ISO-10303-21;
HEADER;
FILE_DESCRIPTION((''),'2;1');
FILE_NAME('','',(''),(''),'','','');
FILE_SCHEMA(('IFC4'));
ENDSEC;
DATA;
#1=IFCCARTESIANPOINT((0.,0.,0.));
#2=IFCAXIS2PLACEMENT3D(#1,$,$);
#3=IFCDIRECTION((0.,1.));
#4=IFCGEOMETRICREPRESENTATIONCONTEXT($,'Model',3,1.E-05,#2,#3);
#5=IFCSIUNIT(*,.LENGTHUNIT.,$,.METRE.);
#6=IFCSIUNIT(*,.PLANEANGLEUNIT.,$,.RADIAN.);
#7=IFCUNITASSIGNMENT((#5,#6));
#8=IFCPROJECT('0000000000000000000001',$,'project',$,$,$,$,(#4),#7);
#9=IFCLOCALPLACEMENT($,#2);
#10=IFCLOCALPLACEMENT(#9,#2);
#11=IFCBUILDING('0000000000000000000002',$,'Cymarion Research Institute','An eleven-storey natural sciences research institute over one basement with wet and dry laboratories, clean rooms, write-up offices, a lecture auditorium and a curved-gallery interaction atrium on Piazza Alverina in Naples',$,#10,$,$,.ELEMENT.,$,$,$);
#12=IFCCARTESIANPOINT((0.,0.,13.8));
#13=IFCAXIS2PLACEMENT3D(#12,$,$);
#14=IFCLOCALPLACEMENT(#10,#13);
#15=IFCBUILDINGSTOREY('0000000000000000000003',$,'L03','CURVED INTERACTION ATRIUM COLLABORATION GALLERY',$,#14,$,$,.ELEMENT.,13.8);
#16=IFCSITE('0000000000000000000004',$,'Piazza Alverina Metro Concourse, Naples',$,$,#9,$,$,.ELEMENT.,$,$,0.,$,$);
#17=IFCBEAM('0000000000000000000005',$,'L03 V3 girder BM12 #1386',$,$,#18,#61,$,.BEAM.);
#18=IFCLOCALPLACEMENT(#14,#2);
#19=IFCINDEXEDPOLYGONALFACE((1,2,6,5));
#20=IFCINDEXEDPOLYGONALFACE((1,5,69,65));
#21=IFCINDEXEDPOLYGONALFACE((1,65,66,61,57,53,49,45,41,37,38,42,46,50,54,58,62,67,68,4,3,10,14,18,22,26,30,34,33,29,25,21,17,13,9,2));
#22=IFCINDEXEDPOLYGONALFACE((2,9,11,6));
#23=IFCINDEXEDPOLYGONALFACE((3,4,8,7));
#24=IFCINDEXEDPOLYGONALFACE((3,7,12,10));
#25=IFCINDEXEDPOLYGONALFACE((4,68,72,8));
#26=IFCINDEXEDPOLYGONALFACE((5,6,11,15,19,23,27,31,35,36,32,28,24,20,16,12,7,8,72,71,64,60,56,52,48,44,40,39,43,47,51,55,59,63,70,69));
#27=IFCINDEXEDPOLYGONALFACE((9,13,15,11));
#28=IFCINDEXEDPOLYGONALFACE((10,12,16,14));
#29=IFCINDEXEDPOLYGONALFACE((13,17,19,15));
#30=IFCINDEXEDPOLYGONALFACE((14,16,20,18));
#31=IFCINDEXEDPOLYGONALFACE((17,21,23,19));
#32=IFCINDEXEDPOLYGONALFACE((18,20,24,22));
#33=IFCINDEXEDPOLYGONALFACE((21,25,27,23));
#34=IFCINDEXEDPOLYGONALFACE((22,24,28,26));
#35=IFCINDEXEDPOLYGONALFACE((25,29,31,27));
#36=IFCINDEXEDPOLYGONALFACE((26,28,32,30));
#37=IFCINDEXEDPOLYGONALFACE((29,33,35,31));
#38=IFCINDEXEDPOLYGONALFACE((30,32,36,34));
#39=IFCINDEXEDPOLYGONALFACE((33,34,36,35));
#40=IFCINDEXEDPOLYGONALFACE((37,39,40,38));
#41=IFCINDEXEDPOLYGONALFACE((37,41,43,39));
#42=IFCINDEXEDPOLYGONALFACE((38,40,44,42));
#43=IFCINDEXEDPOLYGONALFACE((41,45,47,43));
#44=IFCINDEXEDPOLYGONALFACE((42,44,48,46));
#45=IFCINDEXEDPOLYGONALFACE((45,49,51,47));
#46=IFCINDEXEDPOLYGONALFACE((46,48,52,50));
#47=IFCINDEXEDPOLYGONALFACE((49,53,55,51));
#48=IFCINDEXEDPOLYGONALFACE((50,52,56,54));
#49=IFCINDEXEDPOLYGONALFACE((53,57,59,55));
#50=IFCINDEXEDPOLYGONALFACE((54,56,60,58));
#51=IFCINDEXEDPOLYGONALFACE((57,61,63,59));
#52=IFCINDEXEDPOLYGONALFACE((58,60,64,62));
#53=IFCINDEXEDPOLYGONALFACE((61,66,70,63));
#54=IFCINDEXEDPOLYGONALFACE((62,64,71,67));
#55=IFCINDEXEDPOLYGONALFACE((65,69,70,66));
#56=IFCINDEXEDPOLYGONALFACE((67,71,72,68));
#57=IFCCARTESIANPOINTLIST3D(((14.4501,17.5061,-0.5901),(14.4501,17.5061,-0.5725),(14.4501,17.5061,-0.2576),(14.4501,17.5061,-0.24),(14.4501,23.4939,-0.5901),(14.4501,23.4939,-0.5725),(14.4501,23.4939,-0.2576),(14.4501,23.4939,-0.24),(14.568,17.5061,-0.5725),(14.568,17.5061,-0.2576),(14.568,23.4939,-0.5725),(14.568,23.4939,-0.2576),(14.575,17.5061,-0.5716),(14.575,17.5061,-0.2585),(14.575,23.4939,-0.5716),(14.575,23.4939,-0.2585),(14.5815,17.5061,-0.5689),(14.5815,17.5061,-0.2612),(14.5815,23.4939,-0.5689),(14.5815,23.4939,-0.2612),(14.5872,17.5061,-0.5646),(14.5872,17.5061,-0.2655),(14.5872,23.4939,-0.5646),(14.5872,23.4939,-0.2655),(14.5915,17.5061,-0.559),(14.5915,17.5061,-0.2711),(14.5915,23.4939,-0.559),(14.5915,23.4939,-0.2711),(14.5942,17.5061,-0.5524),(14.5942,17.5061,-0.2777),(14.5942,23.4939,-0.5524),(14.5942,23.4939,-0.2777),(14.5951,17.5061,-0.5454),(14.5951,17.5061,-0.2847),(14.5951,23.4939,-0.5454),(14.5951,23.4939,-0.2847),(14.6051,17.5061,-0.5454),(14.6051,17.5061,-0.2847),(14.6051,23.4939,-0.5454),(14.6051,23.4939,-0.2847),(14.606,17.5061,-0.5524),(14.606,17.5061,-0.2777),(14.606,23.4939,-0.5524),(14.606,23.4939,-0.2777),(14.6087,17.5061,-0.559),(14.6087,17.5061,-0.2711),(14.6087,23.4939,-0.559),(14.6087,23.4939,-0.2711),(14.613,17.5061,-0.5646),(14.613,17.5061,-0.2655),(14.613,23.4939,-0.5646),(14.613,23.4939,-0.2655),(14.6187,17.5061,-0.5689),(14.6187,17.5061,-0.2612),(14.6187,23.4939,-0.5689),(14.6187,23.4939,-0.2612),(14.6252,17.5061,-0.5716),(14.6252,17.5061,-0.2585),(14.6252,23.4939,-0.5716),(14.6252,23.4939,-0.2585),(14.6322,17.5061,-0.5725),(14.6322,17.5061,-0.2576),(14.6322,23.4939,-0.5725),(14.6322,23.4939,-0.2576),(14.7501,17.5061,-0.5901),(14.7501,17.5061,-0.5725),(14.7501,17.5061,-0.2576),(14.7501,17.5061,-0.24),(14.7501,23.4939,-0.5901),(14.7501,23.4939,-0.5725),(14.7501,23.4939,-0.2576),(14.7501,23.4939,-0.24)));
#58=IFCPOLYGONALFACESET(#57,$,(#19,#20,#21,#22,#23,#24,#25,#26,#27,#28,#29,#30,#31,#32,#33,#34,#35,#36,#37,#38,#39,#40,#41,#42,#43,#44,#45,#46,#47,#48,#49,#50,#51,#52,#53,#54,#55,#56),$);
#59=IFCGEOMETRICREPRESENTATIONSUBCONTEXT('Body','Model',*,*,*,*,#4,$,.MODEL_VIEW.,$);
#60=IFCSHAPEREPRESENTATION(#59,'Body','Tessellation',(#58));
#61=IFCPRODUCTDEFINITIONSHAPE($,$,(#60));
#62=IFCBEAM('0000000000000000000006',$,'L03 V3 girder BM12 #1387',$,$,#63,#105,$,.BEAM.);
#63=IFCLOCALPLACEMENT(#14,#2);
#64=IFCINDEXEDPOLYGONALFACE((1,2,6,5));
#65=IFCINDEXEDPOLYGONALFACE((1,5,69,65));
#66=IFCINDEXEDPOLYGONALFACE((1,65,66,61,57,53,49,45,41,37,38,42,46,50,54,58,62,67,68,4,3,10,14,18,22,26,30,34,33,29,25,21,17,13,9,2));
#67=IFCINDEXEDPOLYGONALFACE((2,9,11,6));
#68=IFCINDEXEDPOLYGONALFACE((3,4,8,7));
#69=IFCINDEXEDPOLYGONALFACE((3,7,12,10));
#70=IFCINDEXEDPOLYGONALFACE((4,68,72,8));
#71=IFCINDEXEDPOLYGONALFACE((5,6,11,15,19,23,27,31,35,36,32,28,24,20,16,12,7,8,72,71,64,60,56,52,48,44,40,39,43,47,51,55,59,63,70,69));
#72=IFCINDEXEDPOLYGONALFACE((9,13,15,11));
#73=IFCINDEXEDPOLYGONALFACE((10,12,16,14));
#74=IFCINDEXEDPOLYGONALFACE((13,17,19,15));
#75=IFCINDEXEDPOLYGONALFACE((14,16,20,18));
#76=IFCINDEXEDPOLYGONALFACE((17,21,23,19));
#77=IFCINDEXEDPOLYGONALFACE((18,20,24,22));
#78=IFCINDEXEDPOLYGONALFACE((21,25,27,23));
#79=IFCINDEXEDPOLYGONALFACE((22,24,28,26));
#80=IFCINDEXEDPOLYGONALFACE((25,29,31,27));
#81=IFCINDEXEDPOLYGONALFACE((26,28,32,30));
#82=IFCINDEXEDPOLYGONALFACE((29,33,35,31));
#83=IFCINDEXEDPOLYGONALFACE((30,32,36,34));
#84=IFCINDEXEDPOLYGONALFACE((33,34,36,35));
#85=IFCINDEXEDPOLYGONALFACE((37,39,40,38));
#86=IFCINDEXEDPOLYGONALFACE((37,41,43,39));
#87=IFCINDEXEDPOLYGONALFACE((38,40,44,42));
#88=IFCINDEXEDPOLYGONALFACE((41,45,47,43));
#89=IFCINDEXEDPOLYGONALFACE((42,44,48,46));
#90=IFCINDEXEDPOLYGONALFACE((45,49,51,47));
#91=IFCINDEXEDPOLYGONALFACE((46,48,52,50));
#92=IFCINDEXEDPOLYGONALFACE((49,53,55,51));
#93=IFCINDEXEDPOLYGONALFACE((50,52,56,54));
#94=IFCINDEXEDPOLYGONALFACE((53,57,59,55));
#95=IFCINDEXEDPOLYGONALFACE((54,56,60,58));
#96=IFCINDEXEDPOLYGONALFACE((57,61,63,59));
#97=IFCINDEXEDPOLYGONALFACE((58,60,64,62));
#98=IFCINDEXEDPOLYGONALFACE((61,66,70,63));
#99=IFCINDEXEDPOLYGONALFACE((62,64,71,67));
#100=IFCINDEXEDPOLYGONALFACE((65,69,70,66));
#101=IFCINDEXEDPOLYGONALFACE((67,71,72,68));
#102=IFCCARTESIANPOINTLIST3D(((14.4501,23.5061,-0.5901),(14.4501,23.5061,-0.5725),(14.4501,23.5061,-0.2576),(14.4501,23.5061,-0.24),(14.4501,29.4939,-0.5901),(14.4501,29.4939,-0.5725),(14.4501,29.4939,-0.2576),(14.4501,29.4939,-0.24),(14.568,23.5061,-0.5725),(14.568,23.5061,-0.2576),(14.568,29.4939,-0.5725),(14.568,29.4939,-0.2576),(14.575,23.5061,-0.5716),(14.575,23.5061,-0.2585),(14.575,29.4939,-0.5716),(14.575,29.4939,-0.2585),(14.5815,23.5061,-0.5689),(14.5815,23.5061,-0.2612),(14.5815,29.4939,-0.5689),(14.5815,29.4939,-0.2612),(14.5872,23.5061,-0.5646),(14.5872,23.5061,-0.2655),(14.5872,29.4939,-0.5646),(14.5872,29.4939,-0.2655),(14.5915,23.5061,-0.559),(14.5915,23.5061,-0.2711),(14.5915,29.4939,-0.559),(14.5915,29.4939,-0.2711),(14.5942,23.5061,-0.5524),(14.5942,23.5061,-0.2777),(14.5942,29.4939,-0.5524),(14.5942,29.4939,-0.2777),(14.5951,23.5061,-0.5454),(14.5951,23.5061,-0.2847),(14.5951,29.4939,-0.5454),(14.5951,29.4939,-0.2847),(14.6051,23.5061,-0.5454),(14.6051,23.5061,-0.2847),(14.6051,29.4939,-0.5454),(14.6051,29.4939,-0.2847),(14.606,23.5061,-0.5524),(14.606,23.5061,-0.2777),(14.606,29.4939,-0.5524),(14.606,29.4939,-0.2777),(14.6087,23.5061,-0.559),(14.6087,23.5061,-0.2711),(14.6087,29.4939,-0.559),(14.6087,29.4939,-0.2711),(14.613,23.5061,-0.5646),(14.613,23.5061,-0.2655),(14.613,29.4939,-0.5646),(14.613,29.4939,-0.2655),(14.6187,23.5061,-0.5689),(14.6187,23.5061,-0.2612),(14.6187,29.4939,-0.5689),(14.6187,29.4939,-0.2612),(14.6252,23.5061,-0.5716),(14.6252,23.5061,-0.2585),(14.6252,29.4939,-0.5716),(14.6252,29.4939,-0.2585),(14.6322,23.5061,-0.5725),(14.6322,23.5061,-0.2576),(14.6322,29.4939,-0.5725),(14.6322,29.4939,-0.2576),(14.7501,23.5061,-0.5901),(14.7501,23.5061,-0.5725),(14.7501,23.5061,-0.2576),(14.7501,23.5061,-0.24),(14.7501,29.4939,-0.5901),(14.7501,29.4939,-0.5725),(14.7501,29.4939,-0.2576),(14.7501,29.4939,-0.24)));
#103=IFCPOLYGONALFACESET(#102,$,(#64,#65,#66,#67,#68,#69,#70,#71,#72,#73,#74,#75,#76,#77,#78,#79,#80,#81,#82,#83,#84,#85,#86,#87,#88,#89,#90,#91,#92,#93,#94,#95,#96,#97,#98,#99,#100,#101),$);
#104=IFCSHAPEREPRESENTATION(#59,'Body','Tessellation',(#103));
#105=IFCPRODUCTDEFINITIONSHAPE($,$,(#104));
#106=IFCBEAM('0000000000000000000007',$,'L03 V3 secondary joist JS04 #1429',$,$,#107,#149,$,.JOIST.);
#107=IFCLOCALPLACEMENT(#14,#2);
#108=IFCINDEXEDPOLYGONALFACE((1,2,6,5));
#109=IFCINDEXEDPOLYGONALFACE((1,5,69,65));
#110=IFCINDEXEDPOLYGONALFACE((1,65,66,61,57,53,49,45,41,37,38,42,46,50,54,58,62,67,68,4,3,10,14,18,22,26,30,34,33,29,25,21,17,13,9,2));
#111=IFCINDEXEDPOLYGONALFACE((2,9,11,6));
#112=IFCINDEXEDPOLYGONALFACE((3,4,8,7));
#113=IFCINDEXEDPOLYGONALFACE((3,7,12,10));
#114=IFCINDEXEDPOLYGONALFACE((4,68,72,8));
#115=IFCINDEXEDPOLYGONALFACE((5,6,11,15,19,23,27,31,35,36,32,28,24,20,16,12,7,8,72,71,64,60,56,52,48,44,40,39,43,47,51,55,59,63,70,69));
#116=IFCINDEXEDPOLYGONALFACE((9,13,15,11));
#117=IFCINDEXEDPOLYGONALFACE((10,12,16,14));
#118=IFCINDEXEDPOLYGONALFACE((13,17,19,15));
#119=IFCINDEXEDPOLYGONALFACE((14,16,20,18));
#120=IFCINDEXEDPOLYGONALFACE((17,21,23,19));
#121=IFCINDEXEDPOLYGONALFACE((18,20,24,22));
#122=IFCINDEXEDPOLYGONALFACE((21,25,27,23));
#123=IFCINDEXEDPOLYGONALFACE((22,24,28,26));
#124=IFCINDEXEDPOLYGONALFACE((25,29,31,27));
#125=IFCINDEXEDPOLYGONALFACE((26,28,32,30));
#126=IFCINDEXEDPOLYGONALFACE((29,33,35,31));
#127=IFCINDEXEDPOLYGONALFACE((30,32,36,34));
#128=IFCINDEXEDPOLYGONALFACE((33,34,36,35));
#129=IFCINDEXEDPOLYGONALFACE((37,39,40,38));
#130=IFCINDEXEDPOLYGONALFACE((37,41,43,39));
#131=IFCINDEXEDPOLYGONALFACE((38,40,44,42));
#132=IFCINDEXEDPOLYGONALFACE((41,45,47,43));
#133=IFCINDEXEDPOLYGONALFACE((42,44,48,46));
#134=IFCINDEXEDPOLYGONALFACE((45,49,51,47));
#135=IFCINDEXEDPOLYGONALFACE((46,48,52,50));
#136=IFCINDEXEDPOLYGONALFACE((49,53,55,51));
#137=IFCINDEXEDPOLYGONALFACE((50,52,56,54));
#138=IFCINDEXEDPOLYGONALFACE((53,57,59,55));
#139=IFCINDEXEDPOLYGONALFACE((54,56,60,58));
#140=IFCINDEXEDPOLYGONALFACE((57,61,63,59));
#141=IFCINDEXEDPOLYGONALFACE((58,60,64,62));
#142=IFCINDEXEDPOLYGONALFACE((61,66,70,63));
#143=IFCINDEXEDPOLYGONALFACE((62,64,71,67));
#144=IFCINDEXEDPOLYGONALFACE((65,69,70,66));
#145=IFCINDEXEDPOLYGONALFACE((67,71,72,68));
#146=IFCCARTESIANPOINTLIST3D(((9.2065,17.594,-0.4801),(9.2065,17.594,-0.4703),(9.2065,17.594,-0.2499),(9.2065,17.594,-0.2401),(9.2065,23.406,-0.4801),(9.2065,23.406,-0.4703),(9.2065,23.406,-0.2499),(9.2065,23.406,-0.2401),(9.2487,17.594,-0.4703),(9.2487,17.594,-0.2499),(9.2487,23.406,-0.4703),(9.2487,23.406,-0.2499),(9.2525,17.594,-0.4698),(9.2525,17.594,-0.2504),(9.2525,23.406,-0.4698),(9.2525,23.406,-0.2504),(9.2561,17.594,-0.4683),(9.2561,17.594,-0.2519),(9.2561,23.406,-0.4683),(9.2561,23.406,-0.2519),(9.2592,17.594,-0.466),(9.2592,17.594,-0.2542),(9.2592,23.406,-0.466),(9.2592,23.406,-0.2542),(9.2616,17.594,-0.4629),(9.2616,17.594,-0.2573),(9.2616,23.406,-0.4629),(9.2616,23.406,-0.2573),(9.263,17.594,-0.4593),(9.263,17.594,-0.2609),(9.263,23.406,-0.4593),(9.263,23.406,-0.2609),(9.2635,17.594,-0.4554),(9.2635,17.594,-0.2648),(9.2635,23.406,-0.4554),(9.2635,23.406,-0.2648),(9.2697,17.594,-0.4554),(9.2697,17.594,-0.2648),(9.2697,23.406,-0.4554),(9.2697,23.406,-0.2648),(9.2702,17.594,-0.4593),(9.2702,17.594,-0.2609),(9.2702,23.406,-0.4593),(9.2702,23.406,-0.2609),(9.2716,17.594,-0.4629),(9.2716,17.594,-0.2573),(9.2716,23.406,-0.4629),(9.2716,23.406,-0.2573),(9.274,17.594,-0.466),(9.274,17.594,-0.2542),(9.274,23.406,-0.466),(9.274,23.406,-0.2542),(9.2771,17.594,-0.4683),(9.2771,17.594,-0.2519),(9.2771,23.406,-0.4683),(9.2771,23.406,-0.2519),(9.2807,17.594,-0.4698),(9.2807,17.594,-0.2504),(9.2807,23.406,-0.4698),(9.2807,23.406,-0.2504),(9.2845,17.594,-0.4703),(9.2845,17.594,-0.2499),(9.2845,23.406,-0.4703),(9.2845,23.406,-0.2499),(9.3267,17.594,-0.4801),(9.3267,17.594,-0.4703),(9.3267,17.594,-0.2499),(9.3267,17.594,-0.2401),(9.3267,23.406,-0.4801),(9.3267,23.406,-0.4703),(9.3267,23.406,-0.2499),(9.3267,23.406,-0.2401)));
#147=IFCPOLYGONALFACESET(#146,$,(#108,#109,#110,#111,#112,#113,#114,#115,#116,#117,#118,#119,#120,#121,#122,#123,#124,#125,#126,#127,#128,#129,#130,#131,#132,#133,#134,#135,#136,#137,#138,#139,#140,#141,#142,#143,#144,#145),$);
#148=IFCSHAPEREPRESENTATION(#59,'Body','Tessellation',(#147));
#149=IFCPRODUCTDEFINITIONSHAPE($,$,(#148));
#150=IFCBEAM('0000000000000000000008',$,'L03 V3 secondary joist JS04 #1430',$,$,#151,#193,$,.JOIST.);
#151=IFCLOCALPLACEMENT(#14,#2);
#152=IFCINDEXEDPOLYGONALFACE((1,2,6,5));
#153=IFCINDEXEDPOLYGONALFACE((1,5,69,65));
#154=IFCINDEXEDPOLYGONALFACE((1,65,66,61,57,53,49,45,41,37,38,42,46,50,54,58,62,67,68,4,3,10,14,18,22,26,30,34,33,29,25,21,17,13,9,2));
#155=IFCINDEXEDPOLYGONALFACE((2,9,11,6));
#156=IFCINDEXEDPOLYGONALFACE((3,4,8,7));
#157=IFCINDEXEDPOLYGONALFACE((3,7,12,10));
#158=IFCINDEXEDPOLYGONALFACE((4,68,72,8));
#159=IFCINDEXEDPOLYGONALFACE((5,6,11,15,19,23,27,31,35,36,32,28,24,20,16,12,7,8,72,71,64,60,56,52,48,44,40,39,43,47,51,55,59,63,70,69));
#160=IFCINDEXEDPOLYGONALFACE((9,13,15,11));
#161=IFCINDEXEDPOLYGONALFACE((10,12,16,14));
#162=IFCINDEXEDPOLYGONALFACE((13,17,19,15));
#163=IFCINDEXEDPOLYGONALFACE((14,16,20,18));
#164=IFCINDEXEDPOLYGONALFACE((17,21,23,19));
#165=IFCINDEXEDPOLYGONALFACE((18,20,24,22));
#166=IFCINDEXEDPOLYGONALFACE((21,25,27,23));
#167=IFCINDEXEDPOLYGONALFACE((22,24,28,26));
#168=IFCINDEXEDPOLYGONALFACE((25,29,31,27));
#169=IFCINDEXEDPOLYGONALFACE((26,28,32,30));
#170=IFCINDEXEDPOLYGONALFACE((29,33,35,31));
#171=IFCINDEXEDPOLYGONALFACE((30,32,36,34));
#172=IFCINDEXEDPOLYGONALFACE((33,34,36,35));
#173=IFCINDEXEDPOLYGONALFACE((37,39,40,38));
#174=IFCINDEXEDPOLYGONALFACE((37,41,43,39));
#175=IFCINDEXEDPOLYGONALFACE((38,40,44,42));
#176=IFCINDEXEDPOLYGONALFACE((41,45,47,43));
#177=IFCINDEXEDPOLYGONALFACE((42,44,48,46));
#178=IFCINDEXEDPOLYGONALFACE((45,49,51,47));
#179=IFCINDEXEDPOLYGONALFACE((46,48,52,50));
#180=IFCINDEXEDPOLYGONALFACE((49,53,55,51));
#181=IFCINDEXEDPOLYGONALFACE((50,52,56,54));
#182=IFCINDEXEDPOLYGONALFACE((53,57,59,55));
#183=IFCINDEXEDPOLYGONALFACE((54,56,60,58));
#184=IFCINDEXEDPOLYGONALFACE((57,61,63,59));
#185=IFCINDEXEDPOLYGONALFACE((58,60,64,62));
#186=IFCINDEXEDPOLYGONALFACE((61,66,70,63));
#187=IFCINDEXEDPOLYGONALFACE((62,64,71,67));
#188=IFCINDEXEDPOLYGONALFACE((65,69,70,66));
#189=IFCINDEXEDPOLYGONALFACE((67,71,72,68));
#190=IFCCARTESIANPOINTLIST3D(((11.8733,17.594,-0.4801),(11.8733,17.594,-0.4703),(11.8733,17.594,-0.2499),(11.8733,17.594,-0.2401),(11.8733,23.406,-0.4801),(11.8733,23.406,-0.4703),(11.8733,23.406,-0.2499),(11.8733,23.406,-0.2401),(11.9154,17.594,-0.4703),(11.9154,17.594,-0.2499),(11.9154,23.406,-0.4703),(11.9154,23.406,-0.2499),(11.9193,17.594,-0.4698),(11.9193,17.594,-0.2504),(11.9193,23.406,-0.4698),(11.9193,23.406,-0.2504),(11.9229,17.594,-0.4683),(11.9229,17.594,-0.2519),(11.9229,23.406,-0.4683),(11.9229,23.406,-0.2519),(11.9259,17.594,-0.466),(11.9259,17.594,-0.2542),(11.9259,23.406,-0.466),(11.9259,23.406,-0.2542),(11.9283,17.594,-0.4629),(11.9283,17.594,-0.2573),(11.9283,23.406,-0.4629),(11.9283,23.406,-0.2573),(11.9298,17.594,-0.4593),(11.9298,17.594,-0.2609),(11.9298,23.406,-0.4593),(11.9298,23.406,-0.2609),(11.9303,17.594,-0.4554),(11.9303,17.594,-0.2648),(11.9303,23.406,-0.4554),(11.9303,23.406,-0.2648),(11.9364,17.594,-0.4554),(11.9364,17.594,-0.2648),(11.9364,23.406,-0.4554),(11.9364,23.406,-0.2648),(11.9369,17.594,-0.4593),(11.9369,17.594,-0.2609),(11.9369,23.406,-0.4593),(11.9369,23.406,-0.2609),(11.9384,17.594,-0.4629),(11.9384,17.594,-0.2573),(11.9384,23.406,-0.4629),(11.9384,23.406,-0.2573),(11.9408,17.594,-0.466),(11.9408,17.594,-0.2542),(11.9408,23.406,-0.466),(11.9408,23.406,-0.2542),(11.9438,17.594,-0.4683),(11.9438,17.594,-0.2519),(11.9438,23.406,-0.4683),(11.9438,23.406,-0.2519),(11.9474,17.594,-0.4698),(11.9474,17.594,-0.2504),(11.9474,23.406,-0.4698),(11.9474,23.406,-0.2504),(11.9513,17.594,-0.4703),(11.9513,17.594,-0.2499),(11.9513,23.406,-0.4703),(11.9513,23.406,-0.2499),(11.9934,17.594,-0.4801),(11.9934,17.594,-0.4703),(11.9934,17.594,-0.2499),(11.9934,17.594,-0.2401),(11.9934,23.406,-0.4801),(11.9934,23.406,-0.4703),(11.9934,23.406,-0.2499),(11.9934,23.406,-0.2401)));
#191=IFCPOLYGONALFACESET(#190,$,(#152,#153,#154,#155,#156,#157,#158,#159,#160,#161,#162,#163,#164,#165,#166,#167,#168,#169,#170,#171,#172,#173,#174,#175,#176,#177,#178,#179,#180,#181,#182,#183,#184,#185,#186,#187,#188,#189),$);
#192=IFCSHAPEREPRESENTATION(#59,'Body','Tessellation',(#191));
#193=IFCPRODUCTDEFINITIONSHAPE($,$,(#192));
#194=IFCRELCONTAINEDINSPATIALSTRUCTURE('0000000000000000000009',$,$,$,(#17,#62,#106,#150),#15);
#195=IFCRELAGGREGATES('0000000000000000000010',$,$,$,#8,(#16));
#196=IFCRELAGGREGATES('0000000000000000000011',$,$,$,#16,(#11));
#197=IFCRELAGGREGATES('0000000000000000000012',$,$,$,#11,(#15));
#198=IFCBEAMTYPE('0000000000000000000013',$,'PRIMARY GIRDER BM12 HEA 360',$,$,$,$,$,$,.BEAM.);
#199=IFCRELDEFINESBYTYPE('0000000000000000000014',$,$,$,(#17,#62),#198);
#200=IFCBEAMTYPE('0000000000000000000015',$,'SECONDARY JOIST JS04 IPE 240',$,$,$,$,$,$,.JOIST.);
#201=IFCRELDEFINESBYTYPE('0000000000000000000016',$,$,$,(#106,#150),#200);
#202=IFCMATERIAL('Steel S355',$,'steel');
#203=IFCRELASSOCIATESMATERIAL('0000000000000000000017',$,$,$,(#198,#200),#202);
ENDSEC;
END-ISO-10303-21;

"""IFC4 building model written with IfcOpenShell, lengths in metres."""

from ifc_helpers import new_model, si_unit, direction, frame, origin, origin_2d, place, context, subcontext, project, spatial, i_section, extrude, material, material_profile, profile_set, type_object, element, save


model = new_model("IFC4")

# Units and contexts
model_context = context("Model", 3, precision=1e-05, world=origin(), true_north=direction((0.0, 1.0)))
body_context = subcontext(model_context, "Body", "Model", "MODEL_VIEW")
ifc_project = project(units=[si_unit("LENGTHUNIT", "METRE"), si_unit("PLANEANGLEUNIT", "RADIAN")], contexts=[model_context])

# Site, building, storey
site_placement = place(None, origin())
site = spatial("IfcSite", under=ifc_project, at=site_placement, Name="Piazza Alverina Metro Concourse, Naples", CompositionType="ELEMENT", RefElevation=0.0)
building_placement = place(site_placement, origin())
building = spatial("IfcBuilding", under=site, at=building_placement, Name="Cymarion Research Institute", Description="An eleven-storey natural sciences research institute over one basement with wet and dry laboratories, clean rooms, write-up offices, a lecture auditorium and a curved-gallery interaction atrium on Piazza Alverina in Naples", CompositionType="ELEMENT")
storey_placement = place(building_placement, frame((0.0, 0.0, 13.8)))
storey = spatial("IfcBuildingStorey", under=building, at=storey_placement, Name="L03", Description="CURVED INTERACTION ATRIUM COLLABORATION GALLERY", CompositionType="ELEMENT", Elevation=13.8)

# Beams
ifc_material_1 = material(Name="Steel S355", Category="steel")
ifc_material_profile_1 = material_profile(ifc_material_1, i_section(OverallWidth=0.3, OverallDepth=0.3501, WebThickness=0.01, FlangeThickness=0.0176, FilletRadius=0.0271, at=origin_2d()), Name="HEA 360")
ifc_profile_set_1 = profile_set([ifc_material_profile_1], Name="Steel S355")
beam_type_1 = type_object("IfcBeamType", Name="PRIMARY GIRDER BM12 HEA 360", PredefinedType="BEAM", material=ifc_profile_set_1)
for number, where, z_axis, x_axis, name in (
    (1, (14.6001, 17.5061, -0.415), (0.0, 1.0, 0.0), (-1.0, 0.0, 0.0), "L03 V3 girder BM12 #1386"),
    (2, (14.6001, 23.5061, -0.415), (0.0, 1.0, 0.0), (-1.0, 0.0, 0.0), "L03 V3 girder BM12 #1387"),
):
    element("IfcBeam", number, at=place(storey_placement, frame(where, z_axis=z_axis, x_axis=x_axis)), inside=storey, type_object=beam_type_1, Name=name, PredefinedType="BEAM", context=body_context, shape_type="SweptSolid", body=[
        extrude(i_section(OverallWidth=0.3, OverallDepth=0.3501, WebThickness=0.01, FlangeThickness=0.0176, FilletRadius=0.0271, at=origin_2d()), origin(), (0.0, 0.0, 1.0), 5.9878),
    ])
ifc_material_profile_2 = material_profile(ifc_material_1, i_section(OverallWidth=0.1201, OverallDepth=0.24, WebThickness=0.0061, FlangeThickness=0.0098, FilletRadius=0.0149, at=origin_2d()), Name="IPE 240")
ifc_profile_set_2 = profile_set([ifc_material_profile_2], Name="Steel S355")
beam_type_2 = type_object("IfcBeamType", Name="SECONDARY JOIST JS04 IPE 240", PredefinedType="JOIST", material=ifc_profile_set_2)
for number, where, z_axis, x_axis, name in (
    (3, (9.2666, 17.594, -0.3601), (0.0, 1.0, 0.0), (-1.0, 0.0, 0.0), "L03 V3 secondary joist JS04 #1429"),
    (4, (11.9333, 17.594, -0.3601), (0.0, 1.0, 0.0), (-1.0, 0.0, 0.0), "L03 V3 secondary joist JS04 #1430"),
):
    element("IfcBeam", number, at=place(storey_placement, frame(where, z_axis=z_axis, x_axis=x_axis)), inside=storey, type_object=beam_type_2, Name=name, PredefinedType="JOIST", context=body_context, shape_type="SweptSolid", body=[
        extrude(i_section(OverallWidth=0.1201, OverallDepth=0.24, WebThickness=0.0061, FlangeThickness=0.0098, FilletRadius=0.0149, at=origin_2d()), origin(), (0.0, 0.0, 1.0), 5.812),
    ])

save(model, "model.ifc")
